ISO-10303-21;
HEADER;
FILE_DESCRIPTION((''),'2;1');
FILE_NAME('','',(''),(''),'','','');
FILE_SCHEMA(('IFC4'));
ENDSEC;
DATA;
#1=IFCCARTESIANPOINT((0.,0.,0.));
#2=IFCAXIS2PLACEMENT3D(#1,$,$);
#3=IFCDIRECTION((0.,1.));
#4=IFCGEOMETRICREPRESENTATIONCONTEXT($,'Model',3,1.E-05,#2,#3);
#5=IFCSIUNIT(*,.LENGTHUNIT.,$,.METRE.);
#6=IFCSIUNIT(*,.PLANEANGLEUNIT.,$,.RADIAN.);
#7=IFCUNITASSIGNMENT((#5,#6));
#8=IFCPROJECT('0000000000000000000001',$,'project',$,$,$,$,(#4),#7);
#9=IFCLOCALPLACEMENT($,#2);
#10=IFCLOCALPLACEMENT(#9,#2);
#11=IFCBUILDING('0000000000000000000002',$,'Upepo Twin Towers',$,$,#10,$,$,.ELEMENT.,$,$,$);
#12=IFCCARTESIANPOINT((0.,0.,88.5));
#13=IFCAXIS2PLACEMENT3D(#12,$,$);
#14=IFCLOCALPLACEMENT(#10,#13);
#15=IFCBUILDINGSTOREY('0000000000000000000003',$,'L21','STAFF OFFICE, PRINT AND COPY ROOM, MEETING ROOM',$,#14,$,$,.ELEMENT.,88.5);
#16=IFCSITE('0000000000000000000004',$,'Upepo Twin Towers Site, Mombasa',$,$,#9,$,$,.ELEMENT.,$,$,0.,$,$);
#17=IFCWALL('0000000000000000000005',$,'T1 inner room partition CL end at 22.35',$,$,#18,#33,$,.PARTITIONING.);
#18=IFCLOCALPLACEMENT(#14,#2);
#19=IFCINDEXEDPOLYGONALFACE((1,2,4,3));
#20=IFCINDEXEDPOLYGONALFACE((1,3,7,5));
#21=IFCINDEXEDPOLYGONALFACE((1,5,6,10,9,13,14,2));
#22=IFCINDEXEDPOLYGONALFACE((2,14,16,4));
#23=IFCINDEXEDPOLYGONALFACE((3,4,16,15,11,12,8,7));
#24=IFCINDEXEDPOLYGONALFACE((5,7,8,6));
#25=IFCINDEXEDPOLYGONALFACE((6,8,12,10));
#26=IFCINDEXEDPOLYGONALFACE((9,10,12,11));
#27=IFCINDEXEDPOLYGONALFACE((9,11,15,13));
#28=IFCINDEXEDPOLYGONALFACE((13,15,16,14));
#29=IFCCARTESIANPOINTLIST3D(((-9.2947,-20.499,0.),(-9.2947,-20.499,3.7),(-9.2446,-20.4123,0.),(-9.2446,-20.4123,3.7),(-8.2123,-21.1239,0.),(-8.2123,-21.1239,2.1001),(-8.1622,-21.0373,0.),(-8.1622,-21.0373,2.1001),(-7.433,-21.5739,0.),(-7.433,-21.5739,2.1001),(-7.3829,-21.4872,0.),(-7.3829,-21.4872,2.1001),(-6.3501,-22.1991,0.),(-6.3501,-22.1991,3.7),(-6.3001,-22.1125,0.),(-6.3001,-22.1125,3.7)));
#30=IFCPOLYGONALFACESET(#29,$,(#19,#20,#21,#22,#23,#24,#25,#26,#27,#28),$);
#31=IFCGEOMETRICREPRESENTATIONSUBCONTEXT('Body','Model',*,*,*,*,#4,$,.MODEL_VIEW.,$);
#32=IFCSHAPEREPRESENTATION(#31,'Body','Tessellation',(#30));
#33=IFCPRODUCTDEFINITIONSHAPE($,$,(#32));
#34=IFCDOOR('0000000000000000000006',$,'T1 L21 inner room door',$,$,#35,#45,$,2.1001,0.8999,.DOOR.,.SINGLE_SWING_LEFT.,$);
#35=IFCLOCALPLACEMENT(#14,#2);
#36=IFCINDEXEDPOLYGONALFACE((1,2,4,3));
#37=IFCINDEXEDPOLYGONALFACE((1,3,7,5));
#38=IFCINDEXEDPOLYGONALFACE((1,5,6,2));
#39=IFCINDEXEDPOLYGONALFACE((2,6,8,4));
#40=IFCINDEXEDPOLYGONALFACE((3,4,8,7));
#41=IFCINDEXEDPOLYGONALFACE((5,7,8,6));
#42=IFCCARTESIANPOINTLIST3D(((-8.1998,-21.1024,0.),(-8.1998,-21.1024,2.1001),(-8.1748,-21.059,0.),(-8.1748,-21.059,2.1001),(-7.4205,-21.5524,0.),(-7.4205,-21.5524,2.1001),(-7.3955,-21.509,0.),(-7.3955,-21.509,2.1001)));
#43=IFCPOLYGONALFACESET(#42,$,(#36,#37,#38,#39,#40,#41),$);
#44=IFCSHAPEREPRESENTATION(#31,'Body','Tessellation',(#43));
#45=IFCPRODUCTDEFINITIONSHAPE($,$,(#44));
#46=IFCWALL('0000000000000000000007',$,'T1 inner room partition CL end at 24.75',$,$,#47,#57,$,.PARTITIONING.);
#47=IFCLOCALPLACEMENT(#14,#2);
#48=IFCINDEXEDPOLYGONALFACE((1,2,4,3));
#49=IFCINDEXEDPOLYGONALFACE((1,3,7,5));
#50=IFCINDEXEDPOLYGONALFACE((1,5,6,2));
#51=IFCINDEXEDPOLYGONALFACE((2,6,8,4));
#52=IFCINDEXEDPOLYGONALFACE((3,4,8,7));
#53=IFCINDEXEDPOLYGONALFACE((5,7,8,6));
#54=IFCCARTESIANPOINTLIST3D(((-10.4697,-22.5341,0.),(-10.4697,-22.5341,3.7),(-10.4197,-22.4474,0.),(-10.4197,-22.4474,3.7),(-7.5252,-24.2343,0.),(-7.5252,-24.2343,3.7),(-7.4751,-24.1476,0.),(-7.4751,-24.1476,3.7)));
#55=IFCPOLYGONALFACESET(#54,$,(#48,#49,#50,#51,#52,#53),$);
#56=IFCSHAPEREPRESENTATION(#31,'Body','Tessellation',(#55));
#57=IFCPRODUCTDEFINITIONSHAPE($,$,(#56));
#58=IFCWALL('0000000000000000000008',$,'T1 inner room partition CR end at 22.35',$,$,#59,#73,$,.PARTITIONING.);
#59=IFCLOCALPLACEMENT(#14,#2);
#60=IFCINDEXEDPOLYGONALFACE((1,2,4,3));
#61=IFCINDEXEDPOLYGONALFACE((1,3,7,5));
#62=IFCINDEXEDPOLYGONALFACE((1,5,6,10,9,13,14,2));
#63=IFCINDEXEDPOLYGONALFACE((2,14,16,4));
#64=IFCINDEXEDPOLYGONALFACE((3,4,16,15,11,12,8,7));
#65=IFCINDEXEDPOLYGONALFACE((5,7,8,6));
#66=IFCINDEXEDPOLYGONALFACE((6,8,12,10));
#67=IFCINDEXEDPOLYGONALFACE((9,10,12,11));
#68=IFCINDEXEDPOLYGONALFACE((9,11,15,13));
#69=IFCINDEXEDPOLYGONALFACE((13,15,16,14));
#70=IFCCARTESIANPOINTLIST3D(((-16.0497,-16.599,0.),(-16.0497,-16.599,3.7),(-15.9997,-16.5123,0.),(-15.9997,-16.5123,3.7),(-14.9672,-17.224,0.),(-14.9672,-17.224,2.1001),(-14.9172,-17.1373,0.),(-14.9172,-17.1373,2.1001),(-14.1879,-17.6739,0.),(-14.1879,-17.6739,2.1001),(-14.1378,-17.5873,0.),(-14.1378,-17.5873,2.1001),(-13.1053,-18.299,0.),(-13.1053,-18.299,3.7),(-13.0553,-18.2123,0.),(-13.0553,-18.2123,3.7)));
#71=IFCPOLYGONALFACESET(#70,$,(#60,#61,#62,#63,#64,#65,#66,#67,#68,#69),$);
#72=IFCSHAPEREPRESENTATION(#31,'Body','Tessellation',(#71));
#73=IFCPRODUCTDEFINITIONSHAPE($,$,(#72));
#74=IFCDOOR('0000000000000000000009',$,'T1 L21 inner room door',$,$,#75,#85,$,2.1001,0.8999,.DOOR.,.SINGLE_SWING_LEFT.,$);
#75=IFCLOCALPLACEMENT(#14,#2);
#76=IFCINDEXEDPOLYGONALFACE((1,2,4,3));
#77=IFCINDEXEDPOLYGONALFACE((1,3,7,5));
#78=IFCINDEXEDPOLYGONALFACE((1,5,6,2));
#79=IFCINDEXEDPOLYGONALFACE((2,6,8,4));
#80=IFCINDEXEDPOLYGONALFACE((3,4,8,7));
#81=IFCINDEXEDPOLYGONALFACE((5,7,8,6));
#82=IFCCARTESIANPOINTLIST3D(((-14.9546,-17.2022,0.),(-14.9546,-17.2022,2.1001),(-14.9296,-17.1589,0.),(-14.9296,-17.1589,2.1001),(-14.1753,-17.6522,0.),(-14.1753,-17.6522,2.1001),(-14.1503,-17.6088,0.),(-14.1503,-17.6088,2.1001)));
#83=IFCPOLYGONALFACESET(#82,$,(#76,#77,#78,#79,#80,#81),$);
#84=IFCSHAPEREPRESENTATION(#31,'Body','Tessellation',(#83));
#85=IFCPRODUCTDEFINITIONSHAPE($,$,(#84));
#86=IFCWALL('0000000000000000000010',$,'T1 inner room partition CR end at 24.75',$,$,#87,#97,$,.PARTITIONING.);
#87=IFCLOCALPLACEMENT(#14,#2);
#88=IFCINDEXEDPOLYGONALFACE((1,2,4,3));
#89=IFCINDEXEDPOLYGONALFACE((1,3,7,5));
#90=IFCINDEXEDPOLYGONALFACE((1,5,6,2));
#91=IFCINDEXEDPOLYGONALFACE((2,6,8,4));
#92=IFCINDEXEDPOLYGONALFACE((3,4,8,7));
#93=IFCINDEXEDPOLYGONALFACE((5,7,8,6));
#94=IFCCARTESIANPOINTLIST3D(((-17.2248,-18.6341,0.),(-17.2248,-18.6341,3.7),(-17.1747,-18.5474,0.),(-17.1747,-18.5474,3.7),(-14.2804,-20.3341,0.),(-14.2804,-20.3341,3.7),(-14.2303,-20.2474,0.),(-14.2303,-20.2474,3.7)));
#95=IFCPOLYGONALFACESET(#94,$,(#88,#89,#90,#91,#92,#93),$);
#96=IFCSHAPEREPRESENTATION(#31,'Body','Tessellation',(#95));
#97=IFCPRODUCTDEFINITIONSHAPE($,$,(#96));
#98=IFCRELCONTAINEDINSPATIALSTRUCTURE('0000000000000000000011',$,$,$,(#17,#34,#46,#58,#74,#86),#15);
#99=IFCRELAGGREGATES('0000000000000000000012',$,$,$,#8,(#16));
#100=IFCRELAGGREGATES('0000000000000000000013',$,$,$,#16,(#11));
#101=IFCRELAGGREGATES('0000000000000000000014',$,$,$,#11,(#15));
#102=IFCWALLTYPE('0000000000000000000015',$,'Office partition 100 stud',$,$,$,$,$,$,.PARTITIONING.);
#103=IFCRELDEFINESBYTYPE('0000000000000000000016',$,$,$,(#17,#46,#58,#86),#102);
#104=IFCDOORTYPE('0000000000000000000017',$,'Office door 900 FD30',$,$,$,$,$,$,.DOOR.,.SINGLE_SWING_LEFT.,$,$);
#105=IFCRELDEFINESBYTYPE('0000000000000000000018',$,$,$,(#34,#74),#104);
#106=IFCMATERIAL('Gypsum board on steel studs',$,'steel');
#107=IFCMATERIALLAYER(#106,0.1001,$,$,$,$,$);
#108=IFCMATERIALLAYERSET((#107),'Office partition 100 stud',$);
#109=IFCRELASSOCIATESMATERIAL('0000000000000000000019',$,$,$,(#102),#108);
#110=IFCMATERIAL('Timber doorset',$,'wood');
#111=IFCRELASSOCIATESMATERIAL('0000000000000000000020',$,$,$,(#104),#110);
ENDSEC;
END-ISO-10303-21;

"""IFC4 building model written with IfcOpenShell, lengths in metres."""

from ifc_helpers import new_model, si_unit, direction, frame, frame_2d, origin, place, context, subcontext, project, spatial, rectangle, extrude, material, layer, layer_set, type_object, element, fill, save


model = new_model("IFC4")

# Units and contexts
model_context = context("Model", 3, precision=1e-05, world=origin(), true_north=direction((0.0, 1.0)))
body_context = subcontext(model_context, "Body", "Model", "MODEL_VIEW")
ifc_project = project(units=[si_unit("LENGTHUNIT", "METRE"), si_unit("PLANEANGLEUNIT", "RADIAN")], contexts=[model_context])

# Site, building, storey
site_placement = place(None, origin())
site = spatial("IfcSite", under=ifc_project, at=site_placement, Name="Upepo Twin Towers Site, Mombasa", CompositionType="ELEMENT", RefElevation=0.0)
building_placement = place(site_placement, origin())
building = spatial("IfcBuilding", under=site, at=building_placement, Name="Upepo Twin Towers", CompositionType="ELEMENT")
storey_placement = place(building_placement, frame((0.0, 0.0, 88.5)))
storey = spatial("IfcBuildingStorey", under=building, at=storey_placement, Name="L21", Description="STAFF OFFICE, PRINT AND COPY ROOM, MEETING ROOM", CompositionType="ELEMENT", Elevation=88.5)

# Shared definitions
ifc_material_1 = material(Name="Gypsum board on steel studs", Category="steel")
ifc_layer_1 = layer(ifc_material_1, 0.1001)
ifc_layer_set_1 = layer_set([ifc_layer_1], Name="Office partition 100 stud")
wall_type_1 = type_object("IfcWallType", Name="Office partition 100 stud", PredefinedType="PARTITIONING", material=ifc_layer_set_1)

# Wall, opening, door
wall_1_placement = place(storey_placement, frame((-9.2698, -20.4556, 0.0), z_axis=(0.0, 0.0, 1.0), x_axis=(0.866007, -0.500031, 0.0)))
wall_1 = element("IfcWall", 1, at=wall_1_placement, inside=storey, type_object=wall_type_1, Name="T1 inner room partition CL end at 22.35", PredefinedType="PARTITIONING", context=body_context, shape_type="SweptSolid", body=[
    extrude(rectangle(XDim=3.4001, YDim=0.1001, at=frame_2d((1.7002, 0.0))), origin(), (0.0, 0.0, 1.0), 3.7),
])
opening_1_placement = place(wall_1_placement, frame((1.25, 0.0, 0.0)))
opening_1 = element("IfcOpeningElement", 2, at=opening_1_placement, cuts=wall_1, PredefinedType="OPENING", context=body_context, shape_type="SweptSolid", body=[
    extrude(rectangle(XDim=0.8999, YDim=2.1001, at=frame_2d((0.45, 1.05))), frame((0.0, 0.0601, 0.0), z_axis=(0.0, -1.0, 0.0), x_axis=(1.0, 0.0, 0.0)), (0.0, 0.0, 1.0), 0.1201),
])
ifc_material_2 = material(Name="Timber doorset", Category="wood")
door_type = type_object("IfcDoorType", Name="Office door 900 FD30", OperationType="SINGLE_SWING_LEFT", PredefinedType="DOOR", material=ifc_material_2)
door_1_placement = place(opening_1_placement, origin())
door_1 = element("IfcDoor", 3, at=door_1_placement, inside=storey, type_object=door_type, Name="T1 L21 inner room door", OperationType="SINGLE_SWING_LEFT", OverallHeight=2.1001, OverallWidth=0.8999, PredefinedType="DOOR", context=body_context, shape_type="SweptSolid", body=[
    extrude(rectangle(XDim=0.8999, YDim=2.1001, at=frame_2d((0.45, 1.05))), frame((0.0, 0.0249, 0.0), z_axis=(0.0, -1.0, 0.0), x_axis=(1.0, 0.0, 0.0)), (0.0, 0.0, 1.0), 0.05),
])
fill(opening_1, door_1)

# Wall
wall_2_placement = place(storey_placement, frame((-10.4448, -22.4907, 0.0), z_axis=(0.0, 0.0, 1.0), x_axis=(0.866007, -0.500031, 0.0)))
element("IfcWall", 4, at=wall_2_placement, inside=storey, type_object=wall_type_1, Name="T1 inner room partition CL end at 24.75", PredefinedType="PARTITIONING", context=body_context, shape_type="SweptSolid", body=[
    extrude(rectangle(XDim=3.4001, YDim=0.1001, at=frame_2d((1.7002, 0.0))), origin(), (0.0, 0.0, 1.0), 3.7),
])

# Wall, opening, door
wall_3_placement = place(storey_placement, frame((-13.0803, -18.2556, 0.0), z_axis=(0.0, 0.0, 1.0), x_axis=(-0.866021, 0.500008, 0.0)))
wall_3 = element("IfcWall", 5, at=wall_3_placement, inside=storey, type_object=wall_type_1, Name="T1 inner room partition CR end at 22.35", PredefinedType="PARTITIONING", context=body_context, shape_type="SweptSolid", body=[
    extrude(rectangle(XDim=3.3999, YDim=0.1001, at=frame_2d((1.7, 0.0))), origin(), (0.0, 0.0, 1.0), 3.7),
])
opening_2_placement = place(wall_3_placement, frame((1.25, 0.0, 0.0)))
opening_2 = element("IfcOpeningElement", 6, at=opening_2_placement, cuts=wall_3, PredefinedType="OPENING", context=body_context, shape_type="SweptSolid", body=[
    extrude(rectangle(XDim=0.8999, YDim=2.1001, at=frame_2d((0.45, 1.05))), frame((0.0, 0.0601, 0.0), z_axis=(0.0, -1.0, 0.0), x_axis=(1.0, 0.0, 0.0)), (0.0, 0.0, 1.0), 0.1201),
])
door_2_placement = place(opening_2_placement, origin())
door_2 = element("IfcDoor", 7, at=door_2_placement, inside=storey, type_object=door_type, Name="T1 L21 inner room door", OperationType="SINGLE_SWING_LEFT", OverallHeight=2.1001, OverallWidth=0.8999, PredefinedType="DOOR", context=body_context, shape_type="SweptSolid", body=[
    extrude(rectangle(XDim=0.8999, YDim=2.1001, at=frame_2d((0.45, 1.05))), frame((0.0, 0.0249, 0.0), z_axis=(0.0, -1.0, 0.0), x_axis=(1.0, 0.0, 0.0)), (0.0, 0.0, 1.0), 0.05),
])
fill(opening_2, door_2)

# Wall
wall_4_placement = place(storey_placement, frame((-14.2554, -20.2908, 0.0), z_axis=(0.0, 0.0, 1.0), x_axis=(-0.866021, 0.500008, 0.0)))
element("IfcWall", 8, at=wall_4_placement, inside=storey, type_object=wall_type_1, Name="T1 inner room partition CR end at 24.75", PredefinedType="PARTITIONING", context=body_context, shape_type="SweptSolid", body=[
    extrude(rectangle(XDim=3.3999, YDim=0.1001, at=frame_2d((1.7, 0.0))), origin(), (0.0, 0.0, 1.0), 3.7),
])

save(model, "model.ifc")
